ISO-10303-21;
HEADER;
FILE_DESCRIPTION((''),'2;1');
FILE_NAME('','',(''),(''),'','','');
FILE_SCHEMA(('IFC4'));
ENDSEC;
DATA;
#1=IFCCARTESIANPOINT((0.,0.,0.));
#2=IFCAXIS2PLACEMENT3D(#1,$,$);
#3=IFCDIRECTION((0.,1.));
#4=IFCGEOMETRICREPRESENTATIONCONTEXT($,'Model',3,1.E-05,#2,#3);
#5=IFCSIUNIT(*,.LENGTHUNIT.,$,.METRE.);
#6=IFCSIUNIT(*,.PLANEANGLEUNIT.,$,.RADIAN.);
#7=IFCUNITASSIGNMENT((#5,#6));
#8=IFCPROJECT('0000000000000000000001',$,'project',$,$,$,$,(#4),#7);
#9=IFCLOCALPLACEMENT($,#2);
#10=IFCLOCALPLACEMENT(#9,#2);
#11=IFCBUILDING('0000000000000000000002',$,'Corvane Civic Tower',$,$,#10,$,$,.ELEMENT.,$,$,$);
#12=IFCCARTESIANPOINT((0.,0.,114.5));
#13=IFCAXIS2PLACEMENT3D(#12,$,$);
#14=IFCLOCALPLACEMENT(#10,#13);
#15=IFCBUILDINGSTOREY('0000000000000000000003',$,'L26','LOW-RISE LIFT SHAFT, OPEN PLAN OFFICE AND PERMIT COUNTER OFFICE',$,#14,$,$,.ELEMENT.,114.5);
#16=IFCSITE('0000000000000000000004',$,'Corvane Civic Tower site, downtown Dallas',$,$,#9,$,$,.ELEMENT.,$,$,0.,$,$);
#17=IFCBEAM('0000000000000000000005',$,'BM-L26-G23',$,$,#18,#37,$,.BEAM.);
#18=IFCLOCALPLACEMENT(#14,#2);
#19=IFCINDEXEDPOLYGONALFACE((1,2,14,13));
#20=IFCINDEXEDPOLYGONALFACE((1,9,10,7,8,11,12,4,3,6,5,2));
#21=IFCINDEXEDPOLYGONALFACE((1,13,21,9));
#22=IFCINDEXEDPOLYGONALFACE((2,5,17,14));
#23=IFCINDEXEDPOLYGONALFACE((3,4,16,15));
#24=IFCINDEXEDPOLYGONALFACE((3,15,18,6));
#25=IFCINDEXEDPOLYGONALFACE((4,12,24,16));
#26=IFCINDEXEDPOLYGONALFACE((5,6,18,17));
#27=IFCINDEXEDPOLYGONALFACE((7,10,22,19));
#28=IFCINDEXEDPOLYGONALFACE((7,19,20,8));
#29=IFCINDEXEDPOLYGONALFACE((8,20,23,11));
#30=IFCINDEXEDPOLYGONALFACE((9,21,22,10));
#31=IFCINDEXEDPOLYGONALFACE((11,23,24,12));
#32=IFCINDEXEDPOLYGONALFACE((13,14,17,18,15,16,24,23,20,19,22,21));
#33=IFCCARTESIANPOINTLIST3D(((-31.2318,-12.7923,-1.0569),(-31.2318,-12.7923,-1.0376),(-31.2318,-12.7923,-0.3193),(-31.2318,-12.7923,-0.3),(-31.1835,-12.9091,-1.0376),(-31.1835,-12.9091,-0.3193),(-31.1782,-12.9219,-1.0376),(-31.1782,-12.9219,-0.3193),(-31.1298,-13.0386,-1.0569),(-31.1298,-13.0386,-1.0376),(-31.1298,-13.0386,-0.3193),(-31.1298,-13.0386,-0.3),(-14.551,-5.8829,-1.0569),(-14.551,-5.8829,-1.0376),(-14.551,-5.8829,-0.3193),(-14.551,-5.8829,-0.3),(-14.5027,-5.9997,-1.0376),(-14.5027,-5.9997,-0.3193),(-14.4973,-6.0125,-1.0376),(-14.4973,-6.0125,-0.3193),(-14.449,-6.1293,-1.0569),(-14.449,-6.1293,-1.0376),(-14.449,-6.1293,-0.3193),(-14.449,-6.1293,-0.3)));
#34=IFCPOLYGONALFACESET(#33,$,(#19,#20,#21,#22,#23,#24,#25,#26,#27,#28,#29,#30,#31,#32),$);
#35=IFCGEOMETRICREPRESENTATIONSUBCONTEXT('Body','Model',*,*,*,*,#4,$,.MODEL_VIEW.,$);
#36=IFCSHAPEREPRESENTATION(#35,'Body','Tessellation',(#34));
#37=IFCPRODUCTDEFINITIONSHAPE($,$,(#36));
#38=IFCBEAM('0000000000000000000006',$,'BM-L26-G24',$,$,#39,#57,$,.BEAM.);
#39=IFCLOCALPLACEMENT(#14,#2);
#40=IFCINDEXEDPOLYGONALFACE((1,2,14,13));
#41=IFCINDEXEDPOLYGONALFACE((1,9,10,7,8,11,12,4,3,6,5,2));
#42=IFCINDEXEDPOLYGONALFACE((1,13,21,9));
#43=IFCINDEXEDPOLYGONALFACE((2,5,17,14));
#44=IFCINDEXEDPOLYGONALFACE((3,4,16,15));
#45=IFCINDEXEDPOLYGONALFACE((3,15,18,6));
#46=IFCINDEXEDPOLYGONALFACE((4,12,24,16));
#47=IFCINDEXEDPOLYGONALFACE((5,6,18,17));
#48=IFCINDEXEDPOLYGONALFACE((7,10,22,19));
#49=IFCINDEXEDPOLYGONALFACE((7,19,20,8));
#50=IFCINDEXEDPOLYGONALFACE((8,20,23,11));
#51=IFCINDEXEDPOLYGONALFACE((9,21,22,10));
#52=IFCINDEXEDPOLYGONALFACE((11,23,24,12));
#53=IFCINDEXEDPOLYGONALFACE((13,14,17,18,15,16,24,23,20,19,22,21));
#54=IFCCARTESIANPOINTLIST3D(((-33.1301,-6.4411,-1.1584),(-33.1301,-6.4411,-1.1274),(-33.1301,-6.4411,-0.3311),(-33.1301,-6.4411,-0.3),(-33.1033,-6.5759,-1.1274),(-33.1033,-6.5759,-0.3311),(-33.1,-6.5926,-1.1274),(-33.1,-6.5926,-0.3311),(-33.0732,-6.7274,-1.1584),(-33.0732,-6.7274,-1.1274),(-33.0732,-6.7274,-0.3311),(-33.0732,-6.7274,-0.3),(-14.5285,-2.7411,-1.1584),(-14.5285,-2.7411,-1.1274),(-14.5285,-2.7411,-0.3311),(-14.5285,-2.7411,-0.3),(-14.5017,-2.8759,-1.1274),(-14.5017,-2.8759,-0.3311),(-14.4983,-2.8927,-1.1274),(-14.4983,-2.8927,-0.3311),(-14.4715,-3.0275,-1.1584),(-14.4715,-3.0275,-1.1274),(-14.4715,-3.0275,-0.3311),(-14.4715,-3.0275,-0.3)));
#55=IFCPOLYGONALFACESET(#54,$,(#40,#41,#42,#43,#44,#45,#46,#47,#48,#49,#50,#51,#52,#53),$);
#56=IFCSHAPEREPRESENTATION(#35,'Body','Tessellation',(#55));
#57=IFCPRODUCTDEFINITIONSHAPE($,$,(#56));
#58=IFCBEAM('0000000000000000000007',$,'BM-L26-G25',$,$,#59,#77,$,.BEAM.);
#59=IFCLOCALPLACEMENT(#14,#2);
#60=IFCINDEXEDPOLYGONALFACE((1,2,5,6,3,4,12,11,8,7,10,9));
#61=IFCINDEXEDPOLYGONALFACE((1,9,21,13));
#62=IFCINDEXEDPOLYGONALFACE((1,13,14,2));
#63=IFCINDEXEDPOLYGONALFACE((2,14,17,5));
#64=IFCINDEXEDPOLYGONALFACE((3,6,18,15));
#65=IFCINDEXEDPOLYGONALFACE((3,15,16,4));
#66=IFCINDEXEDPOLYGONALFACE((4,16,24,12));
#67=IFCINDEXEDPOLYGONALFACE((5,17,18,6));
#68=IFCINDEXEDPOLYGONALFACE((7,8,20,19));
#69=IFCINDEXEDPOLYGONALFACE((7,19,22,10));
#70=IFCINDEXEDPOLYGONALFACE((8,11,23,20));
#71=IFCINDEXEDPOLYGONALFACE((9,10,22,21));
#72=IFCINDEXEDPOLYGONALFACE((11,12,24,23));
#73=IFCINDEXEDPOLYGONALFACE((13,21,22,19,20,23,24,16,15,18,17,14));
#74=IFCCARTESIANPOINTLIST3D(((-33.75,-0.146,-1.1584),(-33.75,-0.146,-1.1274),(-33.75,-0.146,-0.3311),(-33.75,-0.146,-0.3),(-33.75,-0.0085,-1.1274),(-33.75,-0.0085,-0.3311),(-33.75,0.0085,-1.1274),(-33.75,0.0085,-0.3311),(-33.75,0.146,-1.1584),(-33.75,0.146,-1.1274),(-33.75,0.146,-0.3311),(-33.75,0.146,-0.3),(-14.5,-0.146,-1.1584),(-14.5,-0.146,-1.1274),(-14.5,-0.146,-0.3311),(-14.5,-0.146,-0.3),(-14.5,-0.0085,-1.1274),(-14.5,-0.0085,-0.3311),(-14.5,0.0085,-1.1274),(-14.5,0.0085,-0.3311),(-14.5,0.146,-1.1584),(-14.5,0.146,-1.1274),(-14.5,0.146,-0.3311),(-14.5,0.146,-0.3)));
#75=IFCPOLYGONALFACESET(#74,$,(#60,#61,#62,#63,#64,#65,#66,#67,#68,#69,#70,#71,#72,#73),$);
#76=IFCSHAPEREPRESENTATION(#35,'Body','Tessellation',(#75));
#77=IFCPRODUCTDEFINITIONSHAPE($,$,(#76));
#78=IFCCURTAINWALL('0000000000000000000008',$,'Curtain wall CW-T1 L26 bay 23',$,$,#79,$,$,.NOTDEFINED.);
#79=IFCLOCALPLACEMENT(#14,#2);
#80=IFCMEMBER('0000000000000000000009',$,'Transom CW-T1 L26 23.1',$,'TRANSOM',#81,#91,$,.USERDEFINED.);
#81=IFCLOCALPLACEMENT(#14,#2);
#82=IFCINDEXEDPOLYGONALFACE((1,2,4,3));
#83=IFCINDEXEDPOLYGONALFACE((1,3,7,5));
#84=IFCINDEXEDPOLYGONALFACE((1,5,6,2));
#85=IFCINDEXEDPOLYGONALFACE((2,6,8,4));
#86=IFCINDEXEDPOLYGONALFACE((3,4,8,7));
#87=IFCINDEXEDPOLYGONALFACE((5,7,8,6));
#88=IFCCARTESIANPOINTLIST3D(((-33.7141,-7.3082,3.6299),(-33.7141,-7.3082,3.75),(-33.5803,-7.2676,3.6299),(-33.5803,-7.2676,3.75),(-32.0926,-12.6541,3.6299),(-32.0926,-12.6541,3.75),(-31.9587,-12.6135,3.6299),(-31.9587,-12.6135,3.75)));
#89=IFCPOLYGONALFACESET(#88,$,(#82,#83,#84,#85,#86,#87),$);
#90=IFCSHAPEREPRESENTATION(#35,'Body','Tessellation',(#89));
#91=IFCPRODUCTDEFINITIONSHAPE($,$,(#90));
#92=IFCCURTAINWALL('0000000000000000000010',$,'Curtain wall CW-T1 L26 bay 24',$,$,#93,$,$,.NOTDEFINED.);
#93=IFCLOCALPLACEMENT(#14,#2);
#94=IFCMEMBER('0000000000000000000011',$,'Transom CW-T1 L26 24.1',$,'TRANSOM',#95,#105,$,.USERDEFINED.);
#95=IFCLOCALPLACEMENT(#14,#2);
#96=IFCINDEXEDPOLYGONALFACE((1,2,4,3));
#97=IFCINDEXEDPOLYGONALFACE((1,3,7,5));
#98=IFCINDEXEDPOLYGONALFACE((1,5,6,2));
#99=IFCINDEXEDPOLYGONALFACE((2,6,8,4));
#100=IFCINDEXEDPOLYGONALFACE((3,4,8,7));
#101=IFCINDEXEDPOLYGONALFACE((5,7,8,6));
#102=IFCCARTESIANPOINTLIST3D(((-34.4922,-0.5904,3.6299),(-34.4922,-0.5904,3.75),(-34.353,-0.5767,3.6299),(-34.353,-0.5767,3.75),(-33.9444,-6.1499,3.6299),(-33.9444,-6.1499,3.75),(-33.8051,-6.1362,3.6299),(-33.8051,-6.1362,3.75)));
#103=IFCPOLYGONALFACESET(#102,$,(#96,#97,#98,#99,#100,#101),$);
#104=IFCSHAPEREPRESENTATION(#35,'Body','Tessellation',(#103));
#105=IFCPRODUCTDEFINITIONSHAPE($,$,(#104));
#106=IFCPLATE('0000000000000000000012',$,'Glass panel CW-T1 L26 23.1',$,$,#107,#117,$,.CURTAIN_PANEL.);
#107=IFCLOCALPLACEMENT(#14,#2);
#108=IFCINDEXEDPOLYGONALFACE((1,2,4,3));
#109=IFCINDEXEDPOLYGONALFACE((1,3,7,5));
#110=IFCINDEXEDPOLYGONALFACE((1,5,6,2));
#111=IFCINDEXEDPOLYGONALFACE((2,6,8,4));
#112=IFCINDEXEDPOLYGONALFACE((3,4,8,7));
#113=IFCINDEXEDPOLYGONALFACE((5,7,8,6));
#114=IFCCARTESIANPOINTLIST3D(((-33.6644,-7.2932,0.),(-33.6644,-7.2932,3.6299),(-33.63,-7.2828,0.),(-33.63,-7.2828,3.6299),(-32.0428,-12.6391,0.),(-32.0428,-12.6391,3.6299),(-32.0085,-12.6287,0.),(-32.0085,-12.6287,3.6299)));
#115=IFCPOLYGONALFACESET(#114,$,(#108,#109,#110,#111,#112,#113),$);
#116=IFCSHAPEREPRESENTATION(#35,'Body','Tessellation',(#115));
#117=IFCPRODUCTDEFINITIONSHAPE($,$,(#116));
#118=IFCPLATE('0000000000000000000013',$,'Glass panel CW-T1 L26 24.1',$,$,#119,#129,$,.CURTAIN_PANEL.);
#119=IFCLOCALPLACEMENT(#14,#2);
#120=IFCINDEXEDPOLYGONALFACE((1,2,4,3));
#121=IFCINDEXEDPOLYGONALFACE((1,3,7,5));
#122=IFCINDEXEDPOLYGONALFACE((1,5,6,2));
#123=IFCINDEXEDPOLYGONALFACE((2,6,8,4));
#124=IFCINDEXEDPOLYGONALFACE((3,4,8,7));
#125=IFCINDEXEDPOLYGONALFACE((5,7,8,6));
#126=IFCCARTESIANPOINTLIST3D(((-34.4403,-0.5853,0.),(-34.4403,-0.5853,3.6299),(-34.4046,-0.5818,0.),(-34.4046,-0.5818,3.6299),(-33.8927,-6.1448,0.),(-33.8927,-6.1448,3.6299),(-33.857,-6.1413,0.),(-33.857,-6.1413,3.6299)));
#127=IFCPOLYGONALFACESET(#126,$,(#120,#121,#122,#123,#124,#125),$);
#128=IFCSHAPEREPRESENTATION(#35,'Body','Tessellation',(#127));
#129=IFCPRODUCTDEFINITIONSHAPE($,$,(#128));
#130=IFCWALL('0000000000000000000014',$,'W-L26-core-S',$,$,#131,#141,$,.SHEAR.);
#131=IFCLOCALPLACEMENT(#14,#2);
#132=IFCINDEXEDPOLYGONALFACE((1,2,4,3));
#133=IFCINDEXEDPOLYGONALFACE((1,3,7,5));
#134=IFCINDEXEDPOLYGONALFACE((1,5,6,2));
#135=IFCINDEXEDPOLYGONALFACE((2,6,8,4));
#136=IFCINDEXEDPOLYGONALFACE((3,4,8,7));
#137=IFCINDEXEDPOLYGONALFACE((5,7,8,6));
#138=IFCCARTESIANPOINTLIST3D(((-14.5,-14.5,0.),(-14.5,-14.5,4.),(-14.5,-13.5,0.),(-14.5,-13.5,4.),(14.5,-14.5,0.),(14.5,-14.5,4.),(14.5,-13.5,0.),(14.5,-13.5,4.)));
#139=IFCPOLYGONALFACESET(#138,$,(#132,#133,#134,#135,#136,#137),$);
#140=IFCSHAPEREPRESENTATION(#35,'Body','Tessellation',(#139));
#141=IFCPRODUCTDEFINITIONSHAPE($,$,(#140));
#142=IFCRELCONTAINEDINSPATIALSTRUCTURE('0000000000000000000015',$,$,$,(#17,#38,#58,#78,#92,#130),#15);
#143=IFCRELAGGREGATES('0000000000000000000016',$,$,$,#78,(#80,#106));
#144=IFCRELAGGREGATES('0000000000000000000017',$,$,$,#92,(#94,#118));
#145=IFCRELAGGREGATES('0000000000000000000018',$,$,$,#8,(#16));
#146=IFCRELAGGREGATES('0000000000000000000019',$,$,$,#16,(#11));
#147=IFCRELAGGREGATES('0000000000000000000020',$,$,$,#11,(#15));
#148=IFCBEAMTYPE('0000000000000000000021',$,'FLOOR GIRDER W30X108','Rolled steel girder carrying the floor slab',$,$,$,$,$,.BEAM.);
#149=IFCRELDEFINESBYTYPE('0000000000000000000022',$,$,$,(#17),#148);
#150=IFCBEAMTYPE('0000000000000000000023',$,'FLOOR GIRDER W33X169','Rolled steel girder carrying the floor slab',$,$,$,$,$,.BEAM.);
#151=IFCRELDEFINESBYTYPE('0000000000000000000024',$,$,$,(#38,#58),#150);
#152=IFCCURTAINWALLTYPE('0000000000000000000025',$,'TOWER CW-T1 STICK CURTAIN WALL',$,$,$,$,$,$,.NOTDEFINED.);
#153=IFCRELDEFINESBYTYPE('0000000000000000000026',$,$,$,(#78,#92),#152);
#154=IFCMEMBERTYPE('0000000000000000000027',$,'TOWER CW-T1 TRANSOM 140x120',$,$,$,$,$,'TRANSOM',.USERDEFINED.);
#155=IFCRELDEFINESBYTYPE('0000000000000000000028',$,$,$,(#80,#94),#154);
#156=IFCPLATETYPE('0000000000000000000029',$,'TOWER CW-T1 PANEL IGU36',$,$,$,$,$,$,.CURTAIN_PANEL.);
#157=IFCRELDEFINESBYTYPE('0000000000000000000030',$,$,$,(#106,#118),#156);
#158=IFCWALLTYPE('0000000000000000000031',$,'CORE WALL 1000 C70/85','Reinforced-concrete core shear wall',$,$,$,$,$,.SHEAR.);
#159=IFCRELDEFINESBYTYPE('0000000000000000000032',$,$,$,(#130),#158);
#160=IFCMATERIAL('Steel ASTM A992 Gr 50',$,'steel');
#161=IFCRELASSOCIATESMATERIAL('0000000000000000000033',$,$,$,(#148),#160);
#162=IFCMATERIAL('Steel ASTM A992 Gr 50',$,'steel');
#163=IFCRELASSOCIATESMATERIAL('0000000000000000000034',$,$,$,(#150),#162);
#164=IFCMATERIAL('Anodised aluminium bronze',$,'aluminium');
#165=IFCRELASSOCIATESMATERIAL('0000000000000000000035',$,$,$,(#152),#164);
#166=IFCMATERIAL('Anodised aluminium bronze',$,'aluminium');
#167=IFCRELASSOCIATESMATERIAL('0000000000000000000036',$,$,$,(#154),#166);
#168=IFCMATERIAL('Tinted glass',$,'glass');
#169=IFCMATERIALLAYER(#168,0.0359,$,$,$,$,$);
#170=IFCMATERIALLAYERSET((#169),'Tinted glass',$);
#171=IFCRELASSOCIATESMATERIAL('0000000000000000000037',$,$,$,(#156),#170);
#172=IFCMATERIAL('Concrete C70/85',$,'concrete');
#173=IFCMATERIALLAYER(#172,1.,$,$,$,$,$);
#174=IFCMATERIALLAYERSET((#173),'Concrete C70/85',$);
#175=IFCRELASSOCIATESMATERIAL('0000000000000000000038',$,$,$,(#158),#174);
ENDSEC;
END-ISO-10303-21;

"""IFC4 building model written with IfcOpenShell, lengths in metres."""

from ifc_helpers import new_model, si_unit, direction, frame, frame_2d, origin, origin_2d, place, context, subcontext, project, spatial, rectangle, i_section, extrude, material, layer, layer_set, material_profile, profile_set, type_object, element, aggregate, save


model = new_model("IFC4")

# Units and contexts
model_context = context("Model", 3, precision=1e-05, world=origin(), true_north=direction((0.0, 1.0)))
body_context = subcontext(model_context, "Body", "Model", "MODEL_VIEW")
ifc_project = project(units=[si_unit("LENGTHUNIT", "METRE"), si_unit("PLANEANGLEUNIT", "RADIAN")], contexts=[model_context])

# Site, building, storey
site_placement = place(None, origin())
site = spatial("IfcSite", under=ifc_project, at=site_placement, Name="Corvane Civic Tower site, downtown Dallas", CompositionType="ELEMENT", RefElevation=0.0)
building_placement = place(site_placement, origin())
building = spatial("IfcBuilding", under=site, at=building_placement, Name="Corvane Civic Tower", CompositionType="ELEMENT")
storey_placement = place(building_placement, frame((0.0, 0.0, 114.5)))
storey = spatial("IfcBuildingStorey", under=building, at=storey_placement, Name="L26", Description="LOW-RISE LIFT SHAFT, OPEN PLAN OFFICE AND PERMIT COUNTER OFFICE", CompositionType="ELEMENT", Elevation=114.5)

# Beams
ifc_material_1 = material(Name="Steel ASTM A992 Gr 50", Category="steel")
ifc_material_profile_1 = material_profile(ifc_material_1, i_section(OverallWidth=0.2666, OverallDepth=0.7568, WebThickness=0.0139, FlangeThickness=0.0193, at=origin_2d()), Name="W30X108")
ifc_profile_set_1 = profile_set([ifc_material_profile_1], Name="Steel ASTM A992 Gr 50")
beam_type_1 = type_object("IfcBeamType", Name="FLOOR GIRDER W30X108", Description="Rolled steel girder carrying the floor slab", PredefinedType="BEAM", material=ifc_profile_set_1)
beam_1_placement = place(storey_placement, frame((-14.5, -6.0061, -0.6785), z_axis=(-0.92388, -0.382682, 0.0), x_axis=(0.382682, -0.92388, 0.0)))
element("IfcBeam", 1, at=beam_1_placement, inside=storey, type_object=beam_type_1, Name="BM-L26-G23", PredefinedType="BEAM", context=body_context, shape_type="SweptSolid", body=[
    extrude(i_section(OverallWidth=0.2666, OverallDepth=0.7568, WebThickness=0.0139, FlangeThickness=0.0193, at=origin_2d()), origin(), (0.0, 0.0, 1.0), 18.0552),
])
ifc_material_2 = material(Name="Steel ASTM A992 Gr 50", Category="steel")
ifc_material_profile_2 = material_profile(ifc_material_2, i_section(OverallWidth=0.292, OverallDepth=0.8584, WebThickness=0.0171, FlangeThickness=0.031, at=origin_2d()), Name="W33X169")
ifc_profile_set_2 = profile_set([ifc_material_profile_2], Name="Steel ASTM A992 Gr 50")
beam_type_2 = type_object("IfcBeamType", Name="FLOOR GIRDER W33X169", Description="Rolled steel girder carrying the floor slab", PredefinedType="BEAM", material=ifc_profile_set_2)
beam_2_placement = place(storey_placement, frame((-14.5, -2.8843, -0.7292), z_axis=(-0.980787, -0.195084, 0.0), x_axis=(0.195084, -0.980787, 0.0)))
element("IfcBeam", 2, at=beam_2_placement, inside=storey, type_object=beam_type_2, Name="BM-L26-G24", PredefinedType="BEAM", context=body_context, shape_type="SweptSolid", body=[
    extrude(i_section(OverallWidth=0.292, OverallDepth=0.8584, WebThickness=0.0171, FlangeThickness=0.031, at=origin_2d()), origin(), (0.0, 0.0, 1.0), 18.9661),
])
beam_3_placement = place(storey_placement, frame((-14.5, 0.0, -0.7292), z_axis=(-1.0, 0.0, 0.0), x_axis=(0.0, -1.0, 0.0)))
element("IfcBeam", 3, at=beam_3_placement, inside=storey, type_object=beam_type_2, Name="BM-L26-G25", PredefinedType="BEAM", context=body_context, shape_type="SweptSolid", body=[
    extrude(i_section(OverallWidth=0.292, OverallDepth=0.8584, WebThickness=0.0171, FlangeThickness=0.031, at=origin_2d()), origin(), (0.0, 0.0, 1.0), 19.25),
])

# Curtain walls, members
ifc_material_3 = material(Name="Anodised aluminium bronze", Category="aluminium")
curtain_wall_type = type_object("IfcCurtainWallType", Name="TOWER CW-T1 STICK CURTAIN WALL", PredefinedType="NOTDEFINED", material=ifc_material_3)
curtain_wall_1_placement = place(storey_placement, origin())
curtain_wall_1 = element("IfcCurtainWall", 4, at=curtain_wall_1_placement, inside=storey, type_object=curtain_wall_type, Name="Curtain wall CW-T1 L26 bay 23", PredefinedType="NOTDEFINED")
ifc_material_4 = material(Name="Anodised aluminium bronze", Category="aluminium")
ifc_material_profile_3 = material_profile(ifc_material_4, rectangle(XDim=0.1399, YDim=0.1201, at=origin_2d()), Name="TOWER CW-T1 TRANSOM 140x120")
ifc_profile_set_3 = profile_set([ifc_material_profile_3], Name="Anodised aluminium bronze")
member_type = type_object("IfcMemberType", Name="TOWER CW-T1 TRANSOM 140x120", ElementType="TRANSOM", PredefinedType="USERDEFINED", material=ifc_profile_set_3)
member_1_placement = place(storey_placement, frame((-32.0256, -12.6338, 3.6899), z_axis=(-0.290269, 0.956945, 0.0), x_axis=(-0.956945, -0.290269, 0.0)))
member_1 = element("IfcMember", 5, at=member_1_placement, type_object=member_type, Name="Transom CW-T1 L26 23.1", ObjectType="TRANSOM", PredefinedType="USERDEFINED", context=body_context, shape_type="SweptSolid", body=[
    extrude(rectangle(XDim=0.1399, YDim=0.1201, at=origin_2d()), origin(), (0.0, 0.0, 1.0), 5.5864),
])
curtain_wall_2_placement = place(storey_placement, origin())
curtain_wall_2 = element("IfcCurtainWall", 6, at=curtain_wall_2_placement, inside=storey, type_object=curtain_wall_type, Name="Curtain wall CW-T1 L26 bay 24", PredefinedType="NOTDEFINED")
member_2_placement = place(storey_placement, frame((-33.8748, -6.1431, 3.6899), z_axis=(-0.098067, 0.99518, 0.0), x_axis=(-0.99518, -0.098067, 0.0)))
member_2 = element("IfcMember", 7, at=member_2_placement, type_object=member_type, Name="Transom CW-T1 L26 24.1", ObjectType="TRANSOM", PredefinedType="USERDEFINED", context=body_context, shape_type="SweptSolid", body=[
    extrude(rectangle(XDim=0.1399, YDim=0.1201, at=origin_2d()), origin(), (0.0, 0.0, 1.0), 5.5864),
])

# Plates
ifc_material_5 = material(Name="Tinted glass", Category="glass")
ifc_layer_1 = layer(ifc_material_5, 0.0359)
ifc_layer_set_1 = layer_set([ifc_layer_1], Name="Tinted glass")
plate_type = type_object("IfcPlateType", Name="TOWER CW-T1 PANEL IGU36", PredefinedType="CURTAIN_PANEL", material=ifc_layer_set_1)
plate_1_placement = place(storey_placement, frame((-32.8364, -9.9609, 0.0), z_axis=(0.0, 0.0, 1.0), x_axis=(-0.290266, 0.956946, 0.0)))
plate_1 = element("IfcPlate", 8, at=plate_1_placement, type_object=plate_type, Name="Glass panel CW-T1 L26 23.1", PredefinedType="CURTAIN_PANEL", context=body_context, shape_type="SweptSolid", body=[
    extrude(rectangle(XDim=5.5864, YDim=0.0359, at=origin_2d()), origin(), (0.0, 0.0, 1.0), 3.6299),
])
aggregate(curtain_wall_1, [member_1, plate_1])
plate_2_placement = place(storey_placement, frame((-34.1487, -3.3633, 0.0), z_axis=(0.0, 0.0, 1.0), x_axis=(-0.098027, 0.995184, 0.0)))
plate_2 = element("IfcPlate", 9, at=plate_2_placement, type_object=plate_type, Name="Glass panel CW-T1 L26 24.1", PredefinedType="CURTAIN_PANEL", context=body_context, shape_type="SweptSolid", body=[
    extrude(rectangle(XDim=5.5864, YDim=0.0359, at=origin_2d()), origin(), (0.0, 0.0, 1.0), 3.6299),
])
aggregate(curtain_wall_2, [member_2, plate_2])

# Wall
ifc_material_6 = material(Name="Concrete C70/85", Category="concrete")
ifc_layer_2 = layer(ifc_material_6, 1.0)
ifc_layer_set_2 = layer_set([ifc_layer_2], Name="Concrete C70/85")
wall_type_1 = type_object("IfcWallType", Name="CORE WALL 1000 C70/85", Description="Reinforced-concrete core shear wall", PredefinedType="SHEAR", material=ifc_layer_set_2)
wall_1_placement = place(storey_placement, frame((-14.5, -14.0, 0.0), z_axis=(0.0, 0.0, 1.0), x_axis=(1.0, 0.0, 0.0)))
element("IfcWall", 10, at=wall_1_placement, inside=storey, type_object=wall_type_1, Name="W-L26-core-S", PredefinedType="SHEAR", context=body_context, shape_type="SweptSolid", body=[
    extrude(rectangle(XDim=29.0, YDim=1.0, at=frame_2d((14.5, 0.0))), origin(), (0.0, 0.0, 1.0), 4.0),
])

save(model, "model.ifc")
